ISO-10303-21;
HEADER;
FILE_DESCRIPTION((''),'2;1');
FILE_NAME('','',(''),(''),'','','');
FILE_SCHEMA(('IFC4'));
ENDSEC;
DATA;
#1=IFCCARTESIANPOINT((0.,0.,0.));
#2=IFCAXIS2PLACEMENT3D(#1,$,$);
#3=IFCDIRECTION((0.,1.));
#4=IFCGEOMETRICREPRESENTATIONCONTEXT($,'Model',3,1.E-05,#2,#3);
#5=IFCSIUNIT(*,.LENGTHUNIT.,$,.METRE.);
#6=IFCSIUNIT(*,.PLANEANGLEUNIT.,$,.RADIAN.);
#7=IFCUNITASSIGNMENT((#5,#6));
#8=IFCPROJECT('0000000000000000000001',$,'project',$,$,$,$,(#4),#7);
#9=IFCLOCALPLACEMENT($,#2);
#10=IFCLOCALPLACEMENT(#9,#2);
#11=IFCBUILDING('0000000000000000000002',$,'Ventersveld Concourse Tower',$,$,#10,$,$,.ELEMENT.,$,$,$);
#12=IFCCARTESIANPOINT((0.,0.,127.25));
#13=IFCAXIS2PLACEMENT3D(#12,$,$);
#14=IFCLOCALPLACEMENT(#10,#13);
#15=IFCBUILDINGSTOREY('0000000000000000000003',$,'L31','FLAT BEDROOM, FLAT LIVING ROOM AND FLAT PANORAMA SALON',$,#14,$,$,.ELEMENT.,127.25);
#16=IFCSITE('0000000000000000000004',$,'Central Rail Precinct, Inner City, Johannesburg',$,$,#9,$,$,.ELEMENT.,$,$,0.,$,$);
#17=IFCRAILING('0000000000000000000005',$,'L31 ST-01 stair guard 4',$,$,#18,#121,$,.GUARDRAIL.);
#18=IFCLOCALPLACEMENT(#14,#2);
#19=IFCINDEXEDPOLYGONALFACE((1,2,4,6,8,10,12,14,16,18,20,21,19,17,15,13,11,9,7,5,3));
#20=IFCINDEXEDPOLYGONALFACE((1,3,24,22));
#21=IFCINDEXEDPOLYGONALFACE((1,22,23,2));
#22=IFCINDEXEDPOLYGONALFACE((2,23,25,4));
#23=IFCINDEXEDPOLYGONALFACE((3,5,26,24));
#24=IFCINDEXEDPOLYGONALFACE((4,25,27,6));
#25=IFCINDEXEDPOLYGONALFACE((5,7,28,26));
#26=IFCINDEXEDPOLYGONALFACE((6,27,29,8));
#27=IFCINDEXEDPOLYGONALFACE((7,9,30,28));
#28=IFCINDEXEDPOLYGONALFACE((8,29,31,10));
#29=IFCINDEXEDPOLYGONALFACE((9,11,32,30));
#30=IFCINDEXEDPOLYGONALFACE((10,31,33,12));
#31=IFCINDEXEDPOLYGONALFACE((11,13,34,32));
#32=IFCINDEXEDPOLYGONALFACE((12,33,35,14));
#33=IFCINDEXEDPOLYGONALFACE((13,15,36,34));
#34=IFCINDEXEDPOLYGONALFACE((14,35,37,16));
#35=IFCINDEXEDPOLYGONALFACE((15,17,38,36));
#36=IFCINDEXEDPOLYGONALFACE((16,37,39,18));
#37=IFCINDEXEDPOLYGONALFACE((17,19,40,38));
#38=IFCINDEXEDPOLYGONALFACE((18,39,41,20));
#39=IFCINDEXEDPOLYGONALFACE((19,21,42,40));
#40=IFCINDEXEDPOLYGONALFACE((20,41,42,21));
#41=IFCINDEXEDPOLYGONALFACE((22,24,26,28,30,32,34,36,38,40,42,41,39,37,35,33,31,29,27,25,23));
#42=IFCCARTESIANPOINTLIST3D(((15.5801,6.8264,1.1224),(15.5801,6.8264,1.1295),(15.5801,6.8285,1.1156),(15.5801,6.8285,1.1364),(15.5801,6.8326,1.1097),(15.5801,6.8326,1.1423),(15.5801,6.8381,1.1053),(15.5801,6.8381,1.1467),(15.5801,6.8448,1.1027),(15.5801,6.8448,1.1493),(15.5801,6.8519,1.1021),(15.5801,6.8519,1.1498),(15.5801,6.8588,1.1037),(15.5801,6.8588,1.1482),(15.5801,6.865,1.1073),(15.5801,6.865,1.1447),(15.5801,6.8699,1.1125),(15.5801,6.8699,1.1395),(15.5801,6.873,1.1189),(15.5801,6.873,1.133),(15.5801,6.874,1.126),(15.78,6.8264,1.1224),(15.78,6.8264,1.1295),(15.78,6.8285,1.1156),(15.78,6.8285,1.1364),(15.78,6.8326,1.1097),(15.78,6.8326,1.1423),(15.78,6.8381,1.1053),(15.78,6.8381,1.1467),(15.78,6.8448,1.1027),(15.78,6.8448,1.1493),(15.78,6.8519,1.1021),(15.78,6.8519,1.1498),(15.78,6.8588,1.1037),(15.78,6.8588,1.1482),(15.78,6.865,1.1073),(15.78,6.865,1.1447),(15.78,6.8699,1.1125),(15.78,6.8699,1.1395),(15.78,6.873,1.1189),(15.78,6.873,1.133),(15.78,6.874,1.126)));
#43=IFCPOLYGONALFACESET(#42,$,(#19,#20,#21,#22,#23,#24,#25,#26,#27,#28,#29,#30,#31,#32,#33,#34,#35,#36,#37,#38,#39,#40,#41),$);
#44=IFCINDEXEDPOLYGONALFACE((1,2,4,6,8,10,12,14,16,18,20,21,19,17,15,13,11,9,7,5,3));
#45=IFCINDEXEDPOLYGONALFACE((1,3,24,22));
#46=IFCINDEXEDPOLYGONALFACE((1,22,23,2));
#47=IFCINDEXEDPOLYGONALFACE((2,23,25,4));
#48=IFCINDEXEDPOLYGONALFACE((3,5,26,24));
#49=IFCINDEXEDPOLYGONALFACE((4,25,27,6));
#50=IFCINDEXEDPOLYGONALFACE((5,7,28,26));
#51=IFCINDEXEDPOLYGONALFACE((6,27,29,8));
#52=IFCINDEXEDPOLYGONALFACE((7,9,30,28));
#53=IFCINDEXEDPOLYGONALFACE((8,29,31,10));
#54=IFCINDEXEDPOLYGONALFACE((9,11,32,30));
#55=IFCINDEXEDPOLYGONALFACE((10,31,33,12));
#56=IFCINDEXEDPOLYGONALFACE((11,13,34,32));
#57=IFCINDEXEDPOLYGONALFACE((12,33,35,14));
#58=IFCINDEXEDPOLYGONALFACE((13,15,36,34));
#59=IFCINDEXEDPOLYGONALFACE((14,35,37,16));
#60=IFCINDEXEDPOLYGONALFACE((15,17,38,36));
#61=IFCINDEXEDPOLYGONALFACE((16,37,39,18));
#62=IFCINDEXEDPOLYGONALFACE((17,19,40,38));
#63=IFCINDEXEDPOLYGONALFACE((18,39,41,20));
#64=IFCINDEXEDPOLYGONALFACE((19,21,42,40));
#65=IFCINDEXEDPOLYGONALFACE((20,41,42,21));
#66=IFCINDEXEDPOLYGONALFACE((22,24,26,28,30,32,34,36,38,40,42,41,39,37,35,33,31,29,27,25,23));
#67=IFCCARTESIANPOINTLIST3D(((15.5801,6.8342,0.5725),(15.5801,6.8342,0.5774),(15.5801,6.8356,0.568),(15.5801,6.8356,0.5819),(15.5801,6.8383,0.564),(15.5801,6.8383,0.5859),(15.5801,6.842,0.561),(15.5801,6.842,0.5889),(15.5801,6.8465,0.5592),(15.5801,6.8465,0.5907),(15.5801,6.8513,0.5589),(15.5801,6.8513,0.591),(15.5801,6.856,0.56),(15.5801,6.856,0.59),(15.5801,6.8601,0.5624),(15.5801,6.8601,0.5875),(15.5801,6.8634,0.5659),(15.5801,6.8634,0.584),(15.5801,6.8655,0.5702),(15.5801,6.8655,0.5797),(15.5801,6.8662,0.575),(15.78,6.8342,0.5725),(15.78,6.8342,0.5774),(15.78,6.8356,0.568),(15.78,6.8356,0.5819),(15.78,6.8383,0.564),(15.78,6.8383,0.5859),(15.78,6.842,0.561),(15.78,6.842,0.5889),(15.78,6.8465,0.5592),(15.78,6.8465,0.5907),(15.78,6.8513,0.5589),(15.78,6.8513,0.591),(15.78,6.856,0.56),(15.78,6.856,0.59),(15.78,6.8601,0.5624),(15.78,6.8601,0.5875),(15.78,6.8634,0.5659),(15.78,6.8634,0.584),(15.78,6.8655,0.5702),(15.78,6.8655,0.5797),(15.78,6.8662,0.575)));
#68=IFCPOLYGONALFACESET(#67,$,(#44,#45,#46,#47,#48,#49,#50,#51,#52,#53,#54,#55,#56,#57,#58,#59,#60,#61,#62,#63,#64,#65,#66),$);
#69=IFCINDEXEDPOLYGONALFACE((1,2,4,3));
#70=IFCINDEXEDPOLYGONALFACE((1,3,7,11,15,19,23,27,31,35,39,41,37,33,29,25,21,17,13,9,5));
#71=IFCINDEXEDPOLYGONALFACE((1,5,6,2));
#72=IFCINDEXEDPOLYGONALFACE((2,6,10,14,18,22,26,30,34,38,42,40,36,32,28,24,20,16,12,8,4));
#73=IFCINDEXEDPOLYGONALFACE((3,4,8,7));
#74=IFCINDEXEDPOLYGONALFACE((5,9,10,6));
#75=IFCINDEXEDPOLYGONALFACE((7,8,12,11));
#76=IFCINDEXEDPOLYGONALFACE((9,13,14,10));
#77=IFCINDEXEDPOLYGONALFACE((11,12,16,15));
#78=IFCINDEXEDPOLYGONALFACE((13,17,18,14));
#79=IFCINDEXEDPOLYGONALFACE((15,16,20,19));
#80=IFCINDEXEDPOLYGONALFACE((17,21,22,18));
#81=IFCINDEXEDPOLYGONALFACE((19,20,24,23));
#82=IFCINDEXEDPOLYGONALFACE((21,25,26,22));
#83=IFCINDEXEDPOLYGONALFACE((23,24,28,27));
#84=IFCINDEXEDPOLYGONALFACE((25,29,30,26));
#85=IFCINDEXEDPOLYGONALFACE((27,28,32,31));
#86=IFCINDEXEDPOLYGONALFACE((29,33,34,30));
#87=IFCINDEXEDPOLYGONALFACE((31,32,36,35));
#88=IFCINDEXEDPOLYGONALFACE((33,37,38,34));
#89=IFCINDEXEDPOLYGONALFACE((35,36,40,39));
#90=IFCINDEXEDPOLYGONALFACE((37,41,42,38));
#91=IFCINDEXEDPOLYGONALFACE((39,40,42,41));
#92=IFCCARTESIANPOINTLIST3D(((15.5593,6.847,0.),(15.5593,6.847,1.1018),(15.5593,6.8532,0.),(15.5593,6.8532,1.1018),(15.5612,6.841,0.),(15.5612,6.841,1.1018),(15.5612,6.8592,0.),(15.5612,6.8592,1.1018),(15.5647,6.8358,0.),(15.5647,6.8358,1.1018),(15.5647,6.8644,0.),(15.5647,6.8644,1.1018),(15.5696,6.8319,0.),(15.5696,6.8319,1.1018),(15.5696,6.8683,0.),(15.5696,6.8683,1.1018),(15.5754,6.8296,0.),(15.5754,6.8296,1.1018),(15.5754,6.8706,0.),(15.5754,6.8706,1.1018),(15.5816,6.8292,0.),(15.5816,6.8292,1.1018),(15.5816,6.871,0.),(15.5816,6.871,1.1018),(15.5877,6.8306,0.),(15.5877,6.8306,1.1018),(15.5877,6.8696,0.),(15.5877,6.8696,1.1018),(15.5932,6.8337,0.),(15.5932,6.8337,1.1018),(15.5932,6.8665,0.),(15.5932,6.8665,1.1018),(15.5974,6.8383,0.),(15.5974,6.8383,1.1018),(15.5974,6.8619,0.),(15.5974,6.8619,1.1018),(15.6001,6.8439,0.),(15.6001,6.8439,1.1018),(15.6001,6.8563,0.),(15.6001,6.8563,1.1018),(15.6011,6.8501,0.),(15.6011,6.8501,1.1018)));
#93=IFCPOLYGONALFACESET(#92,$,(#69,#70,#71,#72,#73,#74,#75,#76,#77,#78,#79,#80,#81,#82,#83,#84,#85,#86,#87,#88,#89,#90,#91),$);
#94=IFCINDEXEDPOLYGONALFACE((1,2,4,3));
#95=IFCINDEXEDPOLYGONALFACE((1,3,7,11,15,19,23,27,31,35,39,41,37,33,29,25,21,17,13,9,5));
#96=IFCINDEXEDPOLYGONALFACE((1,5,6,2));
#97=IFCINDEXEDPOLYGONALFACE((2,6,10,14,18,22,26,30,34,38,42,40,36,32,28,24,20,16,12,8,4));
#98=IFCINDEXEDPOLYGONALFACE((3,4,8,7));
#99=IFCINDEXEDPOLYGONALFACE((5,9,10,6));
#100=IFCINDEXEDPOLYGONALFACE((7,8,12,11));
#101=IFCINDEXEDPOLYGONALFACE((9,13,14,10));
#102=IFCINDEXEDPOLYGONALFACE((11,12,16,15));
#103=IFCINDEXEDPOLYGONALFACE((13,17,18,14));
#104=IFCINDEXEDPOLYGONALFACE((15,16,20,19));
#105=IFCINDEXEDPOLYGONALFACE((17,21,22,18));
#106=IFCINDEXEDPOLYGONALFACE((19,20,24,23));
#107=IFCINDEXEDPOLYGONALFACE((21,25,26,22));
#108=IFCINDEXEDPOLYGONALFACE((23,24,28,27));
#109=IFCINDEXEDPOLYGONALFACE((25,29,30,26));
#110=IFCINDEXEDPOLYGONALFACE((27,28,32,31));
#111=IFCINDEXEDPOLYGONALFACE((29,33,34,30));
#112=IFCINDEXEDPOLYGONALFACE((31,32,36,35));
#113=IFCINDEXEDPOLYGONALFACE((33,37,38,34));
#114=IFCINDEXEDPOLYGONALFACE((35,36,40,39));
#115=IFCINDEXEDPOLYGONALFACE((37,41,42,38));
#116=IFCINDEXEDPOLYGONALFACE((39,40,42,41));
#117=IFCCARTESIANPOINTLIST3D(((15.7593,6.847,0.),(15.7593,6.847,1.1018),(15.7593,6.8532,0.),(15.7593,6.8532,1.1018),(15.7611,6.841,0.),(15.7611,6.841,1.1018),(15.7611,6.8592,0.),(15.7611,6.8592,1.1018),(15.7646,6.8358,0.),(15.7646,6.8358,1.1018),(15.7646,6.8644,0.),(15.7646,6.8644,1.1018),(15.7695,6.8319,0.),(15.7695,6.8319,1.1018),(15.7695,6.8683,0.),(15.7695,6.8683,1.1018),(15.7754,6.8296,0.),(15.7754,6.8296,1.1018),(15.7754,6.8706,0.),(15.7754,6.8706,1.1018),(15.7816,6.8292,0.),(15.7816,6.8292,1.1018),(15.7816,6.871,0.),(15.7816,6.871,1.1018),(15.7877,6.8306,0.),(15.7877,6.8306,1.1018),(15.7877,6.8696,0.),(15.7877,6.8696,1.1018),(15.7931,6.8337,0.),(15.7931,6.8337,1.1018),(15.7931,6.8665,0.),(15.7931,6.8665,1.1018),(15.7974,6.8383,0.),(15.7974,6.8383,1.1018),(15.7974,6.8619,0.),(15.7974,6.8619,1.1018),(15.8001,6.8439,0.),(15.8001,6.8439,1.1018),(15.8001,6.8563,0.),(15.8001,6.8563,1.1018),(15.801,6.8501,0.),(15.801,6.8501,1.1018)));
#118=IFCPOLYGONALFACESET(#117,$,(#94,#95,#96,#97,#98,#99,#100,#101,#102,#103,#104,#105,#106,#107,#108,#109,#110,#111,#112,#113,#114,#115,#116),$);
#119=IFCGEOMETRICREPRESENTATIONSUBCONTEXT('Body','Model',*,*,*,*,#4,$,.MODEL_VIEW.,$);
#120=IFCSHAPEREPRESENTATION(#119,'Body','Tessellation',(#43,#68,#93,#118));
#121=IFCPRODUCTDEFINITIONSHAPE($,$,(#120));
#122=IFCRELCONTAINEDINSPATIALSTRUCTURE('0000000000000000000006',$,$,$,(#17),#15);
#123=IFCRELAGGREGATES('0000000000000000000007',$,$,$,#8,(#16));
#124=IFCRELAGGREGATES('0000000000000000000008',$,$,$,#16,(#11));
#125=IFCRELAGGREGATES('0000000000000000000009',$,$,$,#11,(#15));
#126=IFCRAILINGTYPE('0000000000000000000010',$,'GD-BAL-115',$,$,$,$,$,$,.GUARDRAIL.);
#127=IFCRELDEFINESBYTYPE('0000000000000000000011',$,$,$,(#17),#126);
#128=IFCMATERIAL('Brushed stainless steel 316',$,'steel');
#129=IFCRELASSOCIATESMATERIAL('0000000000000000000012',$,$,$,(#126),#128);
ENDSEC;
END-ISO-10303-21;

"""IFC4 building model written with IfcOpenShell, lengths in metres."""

from ifc_helpers import new_model, si_unit, direction, frame, origin, origin_2d, place, context, subcontext, project, spatial, circle, extrude, material, type_object, element, save


model = new_model("IFC4")

# Units and contexts
model_context = context("Model", 3, precision=1e-05, world=origin(), true_north=direction((0.0, 1.0)))
body_context = subcontext(model_context, "Body", "Model", "MODEL_VIEW")
ifc_project = project(units=[si_unit("LENGTHUNIT", "METRE"), si_unit("PLANEANGLEUNIT", "RADIAN")], contexts=[model_context])

# Site, building, storey
site_placement = place(None, origin())
site = spatial("IfcSite", under=ifc_project, at=site_placement, Name="Central Rail Precinct, Inner City, Johannesburg", CompositionType="ELEMENT", RefElevation=0.0)
building_placement = place(site_placement, origin())
building = spatial("IfcBuilding", under=site, at=building_placement, Name="Ventersveld Concourse Tower", CompositionType="ELEMENT")
storey_placement = place(building_placement, frame((0.0, 0.0, 127.25)))
storey = spatial("IfcBuildingStorey", under=building, at=storey_placement, Name="L31", Description="FLAT BEDROOM, FLAT LIVING ROOM AND FLAT PANORAMA SALON", CompositionType="ELEMENT", Elevation=127.25)

# Railing
ifc_material_1 = material(Name="Brushed stainless steel 316", Category="steel")
railing_type_1 = type_object("IfcRailingType", Name="GD-BAL-115", PredefinedType="GUARDRAIL", material=ifc_material_1)
railing_1_placement = place(storey_placement, frame((15.5801, 6.8501, 0.0)))
element("IfcRailing", 1, at=railing_1_placement, inside=storey, type_object=railing_type_1, Name="L31 ST-01 stair guard 4", PredefinedType="GUARDRAIL", context=body_context, shape_type="SweptSolid", body=[
    extrude(circle(Radius=0.0239, at=origin_2d()), frame((0.0, 0.0, 1.126), z_axis=(1.0, 0.0, 0.0), x_axis=(0.0, 1.0, 0.0)), (0.0, 0.0, 1.0), 0.2),
    extrude(circle(Radius=0.0161, at=origin_2d()), frame((0.0, 0.0, 0.575), z_axis=(1.0, 0.0, 0.0), x_axis=(0.0, 1.0, 0.0)), (0.0, 0.0, 1.0), 0.2),
    extrude(circle(Radius=0.021, at=origin_2d()), origin(), (0.0, 0.0, 1.0), 1.1018),
    extrude(circle(Radius=0.021, at=origin_2d()), frame((0.2, 0.0, 0.0)), (0.0, 0.0, 1.0), 1.1018),
])

save(model, "model.ifc")
